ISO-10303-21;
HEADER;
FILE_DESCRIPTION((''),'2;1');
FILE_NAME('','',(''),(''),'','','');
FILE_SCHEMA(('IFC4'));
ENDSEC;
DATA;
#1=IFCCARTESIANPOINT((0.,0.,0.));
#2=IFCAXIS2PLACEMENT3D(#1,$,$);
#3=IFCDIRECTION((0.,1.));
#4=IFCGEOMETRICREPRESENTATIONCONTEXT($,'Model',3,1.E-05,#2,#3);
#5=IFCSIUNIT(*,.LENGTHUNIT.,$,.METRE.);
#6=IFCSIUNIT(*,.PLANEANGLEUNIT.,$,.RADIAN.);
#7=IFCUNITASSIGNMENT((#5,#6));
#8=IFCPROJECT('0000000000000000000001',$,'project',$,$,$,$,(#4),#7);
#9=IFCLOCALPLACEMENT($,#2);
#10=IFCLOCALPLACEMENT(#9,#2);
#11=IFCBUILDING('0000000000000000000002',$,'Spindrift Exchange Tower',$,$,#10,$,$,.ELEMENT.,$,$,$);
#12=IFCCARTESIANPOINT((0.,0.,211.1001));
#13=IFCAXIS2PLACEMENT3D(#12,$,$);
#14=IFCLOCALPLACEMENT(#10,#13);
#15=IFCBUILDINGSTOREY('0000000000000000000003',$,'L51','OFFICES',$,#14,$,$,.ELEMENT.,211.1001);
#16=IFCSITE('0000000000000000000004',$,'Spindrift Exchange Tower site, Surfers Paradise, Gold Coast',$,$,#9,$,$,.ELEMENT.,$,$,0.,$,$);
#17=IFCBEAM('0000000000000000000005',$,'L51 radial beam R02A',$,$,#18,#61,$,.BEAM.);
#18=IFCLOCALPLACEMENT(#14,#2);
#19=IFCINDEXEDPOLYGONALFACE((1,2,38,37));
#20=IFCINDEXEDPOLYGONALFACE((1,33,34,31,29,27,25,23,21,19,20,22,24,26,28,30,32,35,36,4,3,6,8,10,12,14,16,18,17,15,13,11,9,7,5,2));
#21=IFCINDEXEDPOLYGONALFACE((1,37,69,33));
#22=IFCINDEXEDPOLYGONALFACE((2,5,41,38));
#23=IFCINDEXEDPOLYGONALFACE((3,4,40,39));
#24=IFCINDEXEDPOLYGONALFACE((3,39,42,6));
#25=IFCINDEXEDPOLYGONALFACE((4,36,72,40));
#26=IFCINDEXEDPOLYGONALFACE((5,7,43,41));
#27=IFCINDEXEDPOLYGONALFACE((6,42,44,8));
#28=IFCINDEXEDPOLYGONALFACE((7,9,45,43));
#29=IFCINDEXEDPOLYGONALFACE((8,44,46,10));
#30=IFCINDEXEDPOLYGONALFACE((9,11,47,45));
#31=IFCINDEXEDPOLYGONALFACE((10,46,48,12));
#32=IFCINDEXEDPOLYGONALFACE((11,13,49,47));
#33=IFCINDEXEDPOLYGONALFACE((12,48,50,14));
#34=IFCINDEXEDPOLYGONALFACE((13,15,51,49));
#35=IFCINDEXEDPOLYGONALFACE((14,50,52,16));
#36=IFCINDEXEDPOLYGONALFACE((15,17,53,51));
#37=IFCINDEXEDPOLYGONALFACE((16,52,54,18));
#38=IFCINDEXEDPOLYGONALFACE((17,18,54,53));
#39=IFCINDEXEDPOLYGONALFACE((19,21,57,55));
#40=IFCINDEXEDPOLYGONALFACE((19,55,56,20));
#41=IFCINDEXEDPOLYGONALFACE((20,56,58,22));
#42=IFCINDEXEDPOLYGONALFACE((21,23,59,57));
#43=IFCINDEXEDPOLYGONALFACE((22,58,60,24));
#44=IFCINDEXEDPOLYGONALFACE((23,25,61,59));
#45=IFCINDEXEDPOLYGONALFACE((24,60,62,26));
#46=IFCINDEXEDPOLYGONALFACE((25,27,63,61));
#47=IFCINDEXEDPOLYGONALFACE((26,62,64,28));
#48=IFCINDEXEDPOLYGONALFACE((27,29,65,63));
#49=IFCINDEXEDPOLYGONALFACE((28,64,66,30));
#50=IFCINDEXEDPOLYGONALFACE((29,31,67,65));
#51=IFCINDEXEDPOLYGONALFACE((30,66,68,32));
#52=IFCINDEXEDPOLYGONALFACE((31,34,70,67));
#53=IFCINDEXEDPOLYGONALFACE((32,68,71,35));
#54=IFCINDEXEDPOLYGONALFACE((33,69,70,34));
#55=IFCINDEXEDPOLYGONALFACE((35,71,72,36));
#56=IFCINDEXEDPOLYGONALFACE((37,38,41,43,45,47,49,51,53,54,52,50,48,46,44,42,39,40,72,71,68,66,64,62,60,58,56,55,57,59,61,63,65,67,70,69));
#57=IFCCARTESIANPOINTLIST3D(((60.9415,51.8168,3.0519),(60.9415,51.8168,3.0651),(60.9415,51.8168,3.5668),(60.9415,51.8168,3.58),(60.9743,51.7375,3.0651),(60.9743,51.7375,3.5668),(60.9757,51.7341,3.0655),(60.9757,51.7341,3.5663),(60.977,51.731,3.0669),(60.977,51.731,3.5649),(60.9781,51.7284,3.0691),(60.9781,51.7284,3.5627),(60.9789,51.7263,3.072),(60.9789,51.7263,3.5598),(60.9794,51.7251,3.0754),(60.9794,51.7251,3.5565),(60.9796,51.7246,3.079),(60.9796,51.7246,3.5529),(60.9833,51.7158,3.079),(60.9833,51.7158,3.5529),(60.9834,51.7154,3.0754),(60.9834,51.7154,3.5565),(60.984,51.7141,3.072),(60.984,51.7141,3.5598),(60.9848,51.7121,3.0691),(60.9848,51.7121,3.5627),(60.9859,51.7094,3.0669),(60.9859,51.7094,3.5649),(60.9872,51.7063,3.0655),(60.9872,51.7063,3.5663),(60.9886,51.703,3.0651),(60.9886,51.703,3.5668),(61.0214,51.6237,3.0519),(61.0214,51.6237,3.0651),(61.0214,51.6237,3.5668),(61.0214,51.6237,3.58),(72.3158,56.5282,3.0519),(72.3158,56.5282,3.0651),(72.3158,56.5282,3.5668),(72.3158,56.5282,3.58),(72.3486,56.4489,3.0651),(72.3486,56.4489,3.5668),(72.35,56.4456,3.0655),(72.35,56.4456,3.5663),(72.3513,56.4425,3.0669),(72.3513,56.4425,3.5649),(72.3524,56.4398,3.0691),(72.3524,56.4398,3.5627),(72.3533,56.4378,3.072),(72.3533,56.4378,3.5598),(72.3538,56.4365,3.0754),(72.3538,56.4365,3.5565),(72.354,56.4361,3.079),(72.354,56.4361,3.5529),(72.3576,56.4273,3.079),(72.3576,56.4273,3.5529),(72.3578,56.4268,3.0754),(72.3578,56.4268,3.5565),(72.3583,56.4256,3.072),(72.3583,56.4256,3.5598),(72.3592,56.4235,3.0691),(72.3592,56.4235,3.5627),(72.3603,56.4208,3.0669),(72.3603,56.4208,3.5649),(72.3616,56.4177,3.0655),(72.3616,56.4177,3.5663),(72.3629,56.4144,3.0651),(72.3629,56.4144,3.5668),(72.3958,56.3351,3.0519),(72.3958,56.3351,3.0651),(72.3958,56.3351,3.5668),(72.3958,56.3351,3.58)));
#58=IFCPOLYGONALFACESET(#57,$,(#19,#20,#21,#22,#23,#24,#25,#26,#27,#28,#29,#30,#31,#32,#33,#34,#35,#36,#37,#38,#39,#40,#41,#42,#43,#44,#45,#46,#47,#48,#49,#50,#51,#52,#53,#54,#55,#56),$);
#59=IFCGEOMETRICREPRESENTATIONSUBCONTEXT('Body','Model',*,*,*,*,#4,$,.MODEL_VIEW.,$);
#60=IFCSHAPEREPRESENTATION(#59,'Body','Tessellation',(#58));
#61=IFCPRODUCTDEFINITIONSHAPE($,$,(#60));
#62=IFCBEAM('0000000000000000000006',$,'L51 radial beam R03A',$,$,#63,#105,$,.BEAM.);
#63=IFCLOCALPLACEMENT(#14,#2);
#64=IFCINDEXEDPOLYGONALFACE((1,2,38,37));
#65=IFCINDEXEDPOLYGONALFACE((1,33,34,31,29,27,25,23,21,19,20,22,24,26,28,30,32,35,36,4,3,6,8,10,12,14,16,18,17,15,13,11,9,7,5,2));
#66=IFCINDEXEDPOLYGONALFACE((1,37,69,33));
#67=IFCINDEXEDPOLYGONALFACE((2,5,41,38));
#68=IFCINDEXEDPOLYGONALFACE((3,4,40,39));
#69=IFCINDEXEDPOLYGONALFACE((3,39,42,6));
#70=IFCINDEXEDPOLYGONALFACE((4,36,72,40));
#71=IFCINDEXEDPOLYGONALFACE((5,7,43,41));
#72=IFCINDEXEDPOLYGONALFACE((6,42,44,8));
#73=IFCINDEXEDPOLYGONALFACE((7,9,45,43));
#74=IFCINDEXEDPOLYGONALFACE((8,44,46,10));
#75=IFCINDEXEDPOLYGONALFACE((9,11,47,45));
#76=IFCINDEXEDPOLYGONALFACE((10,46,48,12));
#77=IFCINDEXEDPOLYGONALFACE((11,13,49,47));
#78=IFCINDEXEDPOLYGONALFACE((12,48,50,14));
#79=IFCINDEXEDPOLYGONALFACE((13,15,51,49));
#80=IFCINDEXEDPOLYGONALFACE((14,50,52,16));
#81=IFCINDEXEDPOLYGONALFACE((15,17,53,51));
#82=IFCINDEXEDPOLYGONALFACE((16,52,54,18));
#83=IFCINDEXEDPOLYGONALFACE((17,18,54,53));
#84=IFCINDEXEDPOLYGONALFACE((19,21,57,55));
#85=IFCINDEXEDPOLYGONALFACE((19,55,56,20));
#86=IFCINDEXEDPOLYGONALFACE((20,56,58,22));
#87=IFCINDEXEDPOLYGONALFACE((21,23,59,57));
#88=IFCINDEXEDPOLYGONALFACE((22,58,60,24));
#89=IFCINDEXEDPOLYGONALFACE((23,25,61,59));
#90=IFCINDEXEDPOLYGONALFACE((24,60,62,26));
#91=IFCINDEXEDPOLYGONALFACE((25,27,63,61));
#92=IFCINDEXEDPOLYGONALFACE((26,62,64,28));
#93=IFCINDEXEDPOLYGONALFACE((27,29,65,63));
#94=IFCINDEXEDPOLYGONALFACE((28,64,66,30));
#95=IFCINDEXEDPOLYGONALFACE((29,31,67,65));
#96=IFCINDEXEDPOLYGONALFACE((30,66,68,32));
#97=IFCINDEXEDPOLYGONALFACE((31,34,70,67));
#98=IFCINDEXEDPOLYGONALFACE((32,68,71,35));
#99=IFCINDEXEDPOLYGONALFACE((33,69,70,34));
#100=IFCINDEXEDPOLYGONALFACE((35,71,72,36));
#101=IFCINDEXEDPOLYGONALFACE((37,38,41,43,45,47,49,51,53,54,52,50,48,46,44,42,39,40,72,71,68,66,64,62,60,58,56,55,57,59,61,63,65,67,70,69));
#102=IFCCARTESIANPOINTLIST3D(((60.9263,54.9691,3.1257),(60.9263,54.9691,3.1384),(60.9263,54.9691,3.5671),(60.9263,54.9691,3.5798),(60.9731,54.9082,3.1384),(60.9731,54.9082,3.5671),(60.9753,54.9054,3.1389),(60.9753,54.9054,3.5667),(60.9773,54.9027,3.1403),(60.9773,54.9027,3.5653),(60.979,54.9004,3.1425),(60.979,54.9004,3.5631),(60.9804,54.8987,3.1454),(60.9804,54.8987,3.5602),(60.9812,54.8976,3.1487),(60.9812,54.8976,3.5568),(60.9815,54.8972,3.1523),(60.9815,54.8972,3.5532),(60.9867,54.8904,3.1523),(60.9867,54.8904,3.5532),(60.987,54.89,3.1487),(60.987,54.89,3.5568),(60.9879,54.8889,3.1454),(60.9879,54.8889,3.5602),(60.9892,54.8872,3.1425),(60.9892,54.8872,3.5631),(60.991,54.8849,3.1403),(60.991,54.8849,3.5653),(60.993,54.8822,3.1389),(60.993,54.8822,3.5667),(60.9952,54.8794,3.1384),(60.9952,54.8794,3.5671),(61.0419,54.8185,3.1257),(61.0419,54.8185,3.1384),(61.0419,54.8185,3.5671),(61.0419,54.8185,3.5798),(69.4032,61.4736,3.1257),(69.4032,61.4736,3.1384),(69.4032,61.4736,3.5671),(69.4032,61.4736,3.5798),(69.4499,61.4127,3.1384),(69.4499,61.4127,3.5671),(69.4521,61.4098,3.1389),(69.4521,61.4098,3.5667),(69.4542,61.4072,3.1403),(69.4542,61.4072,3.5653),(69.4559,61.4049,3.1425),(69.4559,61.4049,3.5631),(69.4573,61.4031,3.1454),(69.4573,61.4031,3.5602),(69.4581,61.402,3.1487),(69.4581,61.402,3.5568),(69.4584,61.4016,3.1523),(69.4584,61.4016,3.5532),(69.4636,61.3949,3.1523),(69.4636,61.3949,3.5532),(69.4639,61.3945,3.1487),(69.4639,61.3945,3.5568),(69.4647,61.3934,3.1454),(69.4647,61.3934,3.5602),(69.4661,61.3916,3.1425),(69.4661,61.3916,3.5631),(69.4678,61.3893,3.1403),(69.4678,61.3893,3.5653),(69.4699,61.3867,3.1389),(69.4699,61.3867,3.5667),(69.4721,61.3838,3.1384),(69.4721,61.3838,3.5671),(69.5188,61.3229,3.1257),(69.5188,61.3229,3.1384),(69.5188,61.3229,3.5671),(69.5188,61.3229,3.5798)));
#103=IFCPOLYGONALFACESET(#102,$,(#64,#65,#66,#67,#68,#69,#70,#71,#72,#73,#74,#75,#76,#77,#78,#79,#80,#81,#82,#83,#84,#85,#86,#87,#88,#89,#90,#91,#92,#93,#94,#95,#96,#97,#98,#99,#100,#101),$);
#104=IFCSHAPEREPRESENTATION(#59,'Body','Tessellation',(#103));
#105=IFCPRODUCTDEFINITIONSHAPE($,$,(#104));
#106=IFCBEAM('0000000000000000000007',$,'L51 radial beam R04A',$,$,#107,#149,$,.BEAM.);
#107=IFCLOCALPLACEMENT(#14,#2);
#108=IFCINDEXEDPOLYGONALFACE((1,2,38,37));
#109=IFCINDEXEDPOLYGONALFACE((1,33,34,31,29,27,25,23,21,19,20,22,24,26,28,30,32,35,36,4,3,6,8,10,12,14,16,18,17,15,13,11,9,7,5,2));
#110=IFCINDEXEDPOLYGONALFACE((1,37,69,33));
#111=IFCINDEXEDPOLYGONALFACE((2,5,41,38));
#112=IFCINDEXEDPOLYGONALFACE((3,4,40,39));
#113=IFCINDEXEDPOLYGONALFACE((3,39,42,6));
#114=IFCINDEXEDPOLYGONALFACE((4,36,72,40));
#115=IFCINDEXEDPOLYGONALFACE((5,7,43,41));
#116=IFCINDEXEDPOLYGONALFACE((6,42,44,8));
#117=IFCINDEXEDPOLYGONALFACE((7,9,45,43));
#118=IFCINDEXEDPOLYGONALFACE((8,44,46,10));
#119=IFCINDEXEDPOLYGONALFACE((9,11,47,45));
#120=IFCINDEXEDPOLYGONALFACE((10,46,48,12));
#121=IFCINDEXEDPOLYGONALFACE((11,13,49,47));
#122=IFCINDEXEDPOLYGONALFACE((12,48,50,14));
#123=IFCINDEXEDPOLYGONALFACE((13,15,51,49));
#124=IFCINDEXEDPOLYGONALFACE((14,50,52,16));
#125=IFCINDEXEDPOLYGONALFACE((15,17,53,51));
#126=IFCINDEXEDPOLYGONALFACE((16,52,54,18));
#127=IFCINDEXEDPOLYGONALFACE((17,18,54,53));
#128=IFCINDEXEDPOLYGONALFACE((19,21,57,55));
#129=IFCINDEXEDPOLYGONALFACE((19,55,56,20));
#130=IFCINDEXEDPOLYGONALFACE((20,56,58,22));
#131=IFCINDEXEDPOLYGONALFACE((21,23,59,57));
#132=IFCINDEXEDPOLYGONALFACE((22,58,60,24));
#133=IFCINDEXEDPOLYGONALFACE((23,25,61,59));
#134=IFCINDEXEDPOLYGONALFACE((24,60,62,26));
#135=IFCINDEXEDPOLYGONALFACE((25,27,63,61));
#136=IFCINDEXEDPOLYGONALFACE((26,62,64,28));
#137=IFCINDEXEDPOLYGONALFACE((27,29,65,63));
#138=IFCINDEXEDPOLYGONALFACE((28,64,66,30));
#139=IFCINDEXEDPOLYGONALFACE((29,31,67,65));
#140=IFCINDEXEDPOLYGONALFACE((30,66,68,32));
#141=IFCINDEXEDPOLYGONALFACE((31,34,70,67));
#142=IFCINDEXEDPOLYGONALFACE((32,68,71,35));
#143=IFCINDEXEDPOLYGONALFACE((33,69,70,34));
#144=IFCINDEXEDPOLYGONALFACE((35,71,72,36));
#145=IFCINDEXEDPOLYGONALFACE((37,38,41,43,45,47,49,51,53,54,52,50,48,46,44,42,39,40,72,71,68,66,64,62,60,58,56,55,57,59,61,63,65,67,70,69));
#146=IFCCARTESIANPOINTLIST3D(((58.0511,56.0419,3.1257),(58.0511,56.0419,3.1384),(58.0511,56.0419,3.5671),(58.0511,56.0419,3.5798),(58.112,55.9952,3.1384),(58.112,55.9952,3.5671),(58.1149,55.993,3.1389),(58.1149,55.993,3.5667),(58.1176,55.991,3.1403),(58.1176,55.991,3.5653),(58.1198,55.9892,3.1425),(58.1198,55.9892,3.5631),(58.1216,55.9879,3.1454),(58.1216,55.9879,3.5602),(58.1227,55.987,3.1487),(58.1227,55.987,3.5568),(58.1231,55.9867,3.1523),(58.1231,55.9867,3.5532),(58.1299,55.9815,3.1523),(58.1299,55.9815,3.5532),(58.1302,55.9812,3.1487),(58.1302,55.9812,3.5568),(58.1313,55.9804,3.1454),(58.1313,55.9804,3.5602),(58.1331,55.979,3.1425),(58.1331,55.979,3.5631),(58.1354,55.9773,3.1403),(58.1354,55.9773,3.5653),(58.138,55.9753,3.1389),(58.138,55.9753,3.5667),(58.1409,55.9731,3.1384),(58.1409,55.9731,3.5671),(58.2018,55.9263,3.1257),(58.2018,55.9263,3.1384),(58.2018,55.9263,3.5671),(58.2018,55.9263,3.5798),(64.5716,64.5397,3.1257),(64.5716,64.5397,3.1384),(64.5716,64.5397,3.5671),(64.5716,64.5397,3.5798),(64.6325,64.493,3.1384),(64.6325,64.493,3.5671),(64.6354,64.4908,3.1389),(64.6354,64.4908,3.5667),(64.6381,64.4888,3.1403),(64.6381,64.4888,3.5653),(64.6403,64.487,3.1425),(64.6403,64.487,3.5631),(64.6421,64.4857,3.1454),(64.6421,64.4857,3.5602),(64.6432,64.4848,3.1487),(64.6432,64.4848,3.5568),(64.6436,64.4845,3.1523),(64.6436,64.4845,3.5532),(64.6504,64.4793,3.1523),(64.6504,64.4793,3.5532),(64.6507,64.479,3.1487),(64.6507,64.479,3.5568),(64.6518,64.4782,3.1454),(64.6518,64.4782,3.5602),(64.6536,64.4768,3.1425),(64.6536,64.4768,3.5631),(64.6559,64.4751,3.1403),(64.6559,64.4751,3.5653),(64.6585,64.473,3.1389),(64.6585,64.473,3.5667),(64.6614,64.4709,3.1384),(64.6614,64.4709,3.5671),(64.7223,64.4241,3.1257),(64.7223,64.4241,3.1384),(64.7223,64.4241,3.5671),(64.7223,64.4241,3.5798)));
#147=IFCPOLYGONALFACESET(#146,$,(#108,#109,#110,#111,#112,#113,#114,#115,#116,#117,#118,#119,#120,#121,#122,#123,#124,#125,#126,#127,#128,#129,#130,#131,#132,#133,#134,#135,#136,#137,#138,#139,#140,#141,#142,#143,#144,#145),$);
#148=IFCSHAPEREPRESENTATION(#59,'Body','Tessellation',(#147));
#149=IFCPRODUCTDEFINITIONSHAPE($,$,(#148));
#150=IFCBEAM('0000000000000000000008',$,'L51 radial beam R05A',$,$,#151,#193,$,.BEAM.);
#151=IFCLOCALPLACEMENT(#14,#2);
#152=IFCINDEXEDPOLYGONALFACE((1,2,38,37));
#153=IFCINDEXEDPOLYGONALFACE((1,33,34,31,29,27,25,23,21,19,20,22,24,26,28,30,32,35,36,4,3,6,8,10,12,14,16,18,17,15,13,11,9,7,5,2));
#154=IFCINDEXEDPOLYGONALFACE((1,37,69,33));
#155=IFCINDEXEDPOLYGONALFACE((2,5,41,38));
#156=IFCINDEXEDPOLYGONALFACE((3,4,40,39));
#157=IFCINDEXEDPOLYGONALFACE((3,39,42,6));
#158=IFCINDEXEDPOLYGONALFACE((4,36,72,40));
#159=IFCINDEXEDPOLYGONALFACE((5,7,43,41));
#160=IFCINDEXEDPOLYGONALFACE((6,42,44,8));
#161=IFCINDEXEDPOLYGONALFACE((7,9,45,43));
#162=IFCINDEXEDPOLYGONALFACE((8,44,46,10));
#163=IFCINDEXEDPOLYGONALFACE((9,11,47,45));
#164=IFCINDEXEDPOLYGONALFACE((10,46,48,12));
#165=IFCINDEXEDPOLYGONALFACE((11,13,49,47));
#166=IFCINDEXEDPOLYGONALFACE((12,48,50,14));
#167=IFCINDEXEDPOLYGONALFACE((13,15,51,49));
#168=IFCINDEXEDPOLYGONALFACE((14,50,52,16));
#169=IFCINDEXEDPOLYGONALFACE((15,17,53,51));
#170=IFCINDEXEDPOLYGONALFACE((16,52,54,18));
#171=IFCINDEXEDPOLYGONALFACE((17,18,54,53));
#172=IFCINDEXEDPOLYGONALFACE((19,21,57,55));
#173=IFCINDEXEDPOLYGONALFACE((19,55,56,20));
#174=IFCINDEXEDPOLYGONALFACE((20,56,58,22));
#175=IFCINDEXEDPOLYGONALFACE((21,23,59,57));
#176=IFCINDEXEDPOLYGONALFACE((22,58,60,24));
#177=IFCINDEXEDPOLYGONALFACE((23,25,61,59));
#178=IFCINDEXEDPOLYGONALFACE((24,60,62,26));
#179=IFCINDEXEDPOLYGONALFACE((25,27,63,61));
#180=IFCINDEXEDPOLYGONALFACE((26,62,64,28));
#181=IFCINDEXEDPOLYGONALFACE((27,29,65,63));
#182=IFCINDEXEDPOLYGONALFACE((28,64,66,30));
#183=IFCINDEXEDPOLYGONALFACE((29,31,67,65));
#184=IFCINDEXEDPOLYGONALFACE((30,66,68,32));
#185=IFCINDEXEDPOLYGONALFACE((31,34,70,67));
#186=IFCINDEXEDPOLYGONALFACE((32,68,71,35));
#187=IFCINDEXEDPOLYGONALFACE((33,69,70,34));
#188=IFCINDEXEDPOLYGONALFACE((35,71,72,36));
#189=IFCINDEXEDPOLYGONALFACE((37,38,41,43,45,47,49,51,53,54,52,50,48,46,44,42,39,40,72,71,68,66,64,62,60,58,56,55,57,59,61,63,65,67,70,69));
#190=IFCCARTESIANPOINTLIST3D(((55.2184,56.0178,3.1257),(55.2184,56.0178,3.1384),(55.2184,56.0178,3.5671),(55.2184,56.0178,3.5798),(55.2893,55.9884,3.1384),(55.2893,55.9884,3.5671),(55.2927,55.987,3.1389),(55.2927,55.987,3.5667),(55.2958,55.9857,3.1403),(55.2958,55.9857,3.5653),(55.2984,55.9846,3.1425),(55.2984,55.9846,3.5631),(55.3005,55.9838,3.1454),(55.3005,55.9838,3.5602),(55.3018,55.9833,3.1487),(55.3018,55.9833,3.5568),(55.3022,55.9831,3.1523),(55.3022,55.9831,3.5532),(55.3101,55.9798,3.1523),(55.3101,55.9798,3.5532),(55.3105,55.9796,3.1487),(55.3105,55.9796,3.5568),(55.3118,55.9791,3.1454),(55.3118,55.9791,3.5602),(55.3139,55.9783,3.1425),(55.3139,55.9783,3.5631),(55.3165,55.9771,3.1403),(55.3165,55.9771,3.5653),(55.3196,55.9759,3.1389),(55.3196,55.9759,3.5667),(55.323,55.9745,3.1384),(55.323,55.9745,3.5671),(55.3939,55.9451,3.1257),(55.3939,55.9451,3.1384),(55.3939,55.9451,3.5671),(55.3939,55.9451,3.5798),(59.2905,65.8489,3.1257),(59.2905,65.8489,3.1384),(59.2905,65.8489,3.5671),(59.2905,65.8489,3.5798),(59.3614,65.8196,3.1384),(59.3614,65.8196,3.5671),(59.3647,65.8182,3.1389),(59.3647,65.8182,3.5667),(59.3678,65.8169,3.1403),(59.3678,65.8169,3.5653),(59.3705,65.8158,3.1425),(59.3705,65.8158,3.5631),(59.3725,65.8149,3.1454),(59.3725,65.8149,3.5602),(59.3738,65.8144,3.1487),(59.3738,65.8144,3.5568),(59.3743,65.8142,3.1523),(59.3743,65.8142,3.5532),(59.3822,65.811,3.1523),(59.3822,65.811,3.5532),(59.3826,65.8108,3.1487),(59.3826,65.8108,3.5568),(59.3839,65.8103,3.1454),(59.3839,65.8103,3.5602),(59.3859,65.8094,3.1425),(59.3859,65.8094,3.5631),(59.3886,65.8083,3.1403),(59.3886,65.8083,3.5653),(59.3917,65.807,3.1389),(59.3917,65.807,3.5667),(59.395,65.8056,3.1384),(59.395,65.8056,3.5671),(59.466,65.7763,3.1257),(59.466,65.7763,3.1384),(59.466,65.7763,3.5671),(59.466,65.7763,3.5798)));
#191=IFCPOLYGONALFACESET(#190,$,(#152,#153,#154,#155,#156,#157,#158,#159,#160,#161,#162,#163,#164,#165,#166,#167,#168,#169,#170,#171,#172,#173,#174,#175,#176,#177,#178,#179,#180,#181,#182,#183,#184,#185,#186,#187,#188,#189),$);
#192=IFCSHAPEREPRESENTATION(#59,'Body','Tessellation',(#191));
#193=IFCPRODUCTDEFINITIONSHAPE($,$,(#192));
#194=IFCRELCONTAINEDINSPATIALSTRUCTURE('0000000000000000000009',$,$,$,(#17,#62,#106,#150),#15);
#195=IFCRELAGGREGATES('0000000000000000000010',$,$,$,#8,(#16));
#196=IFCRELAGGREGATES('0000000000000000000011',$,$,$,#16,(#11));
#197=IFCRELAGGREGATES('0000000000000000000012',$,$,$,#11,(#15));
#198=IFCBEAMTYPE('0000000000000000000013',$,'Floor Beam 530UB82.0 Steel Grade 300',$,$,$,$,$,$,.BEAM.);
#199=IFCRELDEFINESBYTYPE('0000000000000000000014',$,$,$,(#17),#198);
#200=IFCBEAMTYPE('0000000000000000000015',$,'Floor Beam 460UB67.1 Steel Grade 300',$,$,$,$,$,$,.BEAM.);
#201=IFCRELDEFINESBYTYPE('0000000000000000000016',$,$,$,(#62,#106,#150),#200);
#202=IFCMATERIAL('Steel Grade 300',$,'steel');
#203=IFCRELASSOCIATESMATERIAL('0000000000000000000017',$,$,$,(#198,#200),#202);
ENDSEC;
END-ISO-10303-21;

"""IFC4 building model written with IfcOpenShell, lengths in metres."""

from ifc_helpers import new_model, si_unit, direction, frame, origin, origin_2d, place, context, subcontext, project, spatial, i_section, extrude, source, transform, mapped, material, material_profile, profile_set, type_object, element, save


model = new_model("IFC4")

# Units and contexts
model_context = context("Model", 3, precision=1e-05, world=origin(), true_north=direction((0.0, 1.0)))
body_context = subcontext(model_context, "Body", "Model", "MODEL_VIEW")
ifc_project = project(units=[si_unit("LENGTHUNIT", "METRE"), si_unit("PLANEANGLEUNIT", "RADIAN")], contexts=[model_context])

# Site, building, storey
site_placement = place(None, origin())
site = spatial("IfcSite", under=ifc_project, at=site_placement, Name="Spindrift Exchange Tower site, Surfers Paradise, Gold Coast", CompositionType="ELEMENT", RefElevation=0.0)
building_placement = place(site_placement, origin())
building = spatial("IfcBuilding", under=site, at=building_placement, Name="Spindrift Exchange Tower", CompositionType="ELEMENT")
storey_placement = place(building_placement, frame((0.0, 0.0, 211.1001)))
storey = spatial("IfcBuildingStorey", under=building, at=storey_placement, Name="L51", Description="OFFICES", CompositionType="ELEMENT", Elevation=211.1001)

# Beams
ifc_material_1 = material(Name="Steel Grade 300", Category="steel")
ifc_material_profile_1 = material_profile(ifc_material_1, i_section(OverallWidth=0.209, OverallDepth=0.5281, WebThickness=0.0095, FlangeThickness=0.0132, FilletRadius=0.0139, at=origin_2d()), Name="530UB82.0")
ifc_profile_set_1 = profile_set([ifc_material_profile_1], Name="Steel Grade 300")
beam_type_1 = type_object("IfcBeamType", Name="Floor Beam 530UB82.0 Steel Grade 300", PredefinedType="BEAM", material=ifc_profile_set_1)
shared_shape_1 = source(origin(), body_context, "Body", "SweptSolid", [
    extrude(i_section(OverallWidth=0.209, OverallDepth=0.5281, WebThickness=0.0095, FlangeThickness=0.0132, FilletRadius=0.0139, at=origin_2d()), origin(), (0.0, 0.0, 1.0), 12.3115),
])
beam_1_placement = place(storey_placement, frame((60.9814, 51.7202, 3.3159), z_axis=(0.923878, 0.382687, 0.0), x_axis=(-0.382687, 0.923878, 0.0)))
element("IfcBeam", 1, at=beam_1_placement, inside=storey, type_object=beam_type_1, Name="L51 radial beam R02A", PredefinedType="BEAM", context=body_context, shape_type="MappedRepresentation", body=[
    mapped(shared_shape_1, transform((0.0, 0.0, 0.0), scale=1.0)),
])
ifc_material_profile_2 = material_profile(ifc_material_1, i_section(OverallWidth=0.1899, OverallDepth=0.4541, WebThickness=0.0085, FlangeThickness=0.0127, FilletRadius=0.0139, at=origin_2d()), Name="460UB67.1")
ifc_profile_set_2 = profile_set([ifc_material_profile_2], Name="Steel Grade 300")
beam_type_2 = type_object("IfcBeamType", Name="Floor Beam 460UB67.1 Steel Grade 300", PredefinedType="BEAM", material=ifc_profile_set_2)
shared_shape_2 = source(origin(), body_context, "Body", "SweptSolid", [
    extrude(i_section(OverallWidth=0.1899, OverallDepth=0.4541, WebThickness=0.0085, FlangeThickness=0.0127, FilletRadius=0.0139, at=origin_2d()), origin(), (0.0, 0.0, 1.0), 10.6848),
])
beam_2_placement = place(storey_placement, frame((60.9841, 54.8938, 3.3528), z_axis=(0.793357, 0.608756, 0.0), x_axis=(-0.608756, 0.793357, 0.0)))
element("IfcBeam", 2, at=beam_2_placement, inside=storey, type_object=beam_type_2, Name="L51 radial beam R03A", PredefinedType="BEAM", context=body_context, shape_type="MappedRepresentation", body=[
    mapped(shared_shape_2, transform((0.0, 0.0, 0.0), scale=1.0)),
])
shared_shape_3 = source(origin(), body_context, "Body", "SweptSolid", [
    extrude(i_section(OverallWidth=0.1899, OverallDepth=0.4541, WebThickness=0.0085, FlangeThickness=0.0127, FilletRadius=0.0139, at=origin_2d()), origin(), (0.0, 0.0, 1.0), 10.7112),
])
beam_3_placement = place(storey_placement, frame((58.1265, 55.9841, 3.3528), z_axis=(0.608756, 0.793357, 0.0), x_axis=(-0.793357, 0.608756, 0.0)))
element("IfcBeam", 3, at=beam_3_placement, inside=storey, type_object=beam_type_2, Name="L51 radial beam R04A", PredefinedType="BEAM", context=body_context, shape_type="MappedRepresentation", body=[
    mapped(shared_shape_3, transform((0.0, 0.0, 0.0), scale=1.0)),
])
shared_shape_4 = source(origin(), body_context, "Body", "SweptSolid", [
    extrude(i_section(OverallWidth=0.1899, OverallDepth=0.4541, WebThickness=0.0085, FlangeThickness=0.0127, FilletRadius=0.0139, at=origin_2d()), origin(), (0.0, 0.0, 1.0), 10.6411),
])
beam_4_placement = place(storey_placement, frame((55.3062, 55.9814, 3.3528), z_axis=(0.382673, 0.923884, 0.0), x_axis=(-0.923884, 0.382673, 0.0)))
element("IfcBeam", 4, at=beam_4_placement, inside=storey, type_object=beam_type_2, Name="L51 radial beam R05A", PredefinedType="BEAM", context=body_context, shape_type="MappedRepresentation", body=[
    mapped(shared_shape_4, transform((0.0, 0.0, 0.0), scale=1.0)),
])

save(model, "model.ifc")
